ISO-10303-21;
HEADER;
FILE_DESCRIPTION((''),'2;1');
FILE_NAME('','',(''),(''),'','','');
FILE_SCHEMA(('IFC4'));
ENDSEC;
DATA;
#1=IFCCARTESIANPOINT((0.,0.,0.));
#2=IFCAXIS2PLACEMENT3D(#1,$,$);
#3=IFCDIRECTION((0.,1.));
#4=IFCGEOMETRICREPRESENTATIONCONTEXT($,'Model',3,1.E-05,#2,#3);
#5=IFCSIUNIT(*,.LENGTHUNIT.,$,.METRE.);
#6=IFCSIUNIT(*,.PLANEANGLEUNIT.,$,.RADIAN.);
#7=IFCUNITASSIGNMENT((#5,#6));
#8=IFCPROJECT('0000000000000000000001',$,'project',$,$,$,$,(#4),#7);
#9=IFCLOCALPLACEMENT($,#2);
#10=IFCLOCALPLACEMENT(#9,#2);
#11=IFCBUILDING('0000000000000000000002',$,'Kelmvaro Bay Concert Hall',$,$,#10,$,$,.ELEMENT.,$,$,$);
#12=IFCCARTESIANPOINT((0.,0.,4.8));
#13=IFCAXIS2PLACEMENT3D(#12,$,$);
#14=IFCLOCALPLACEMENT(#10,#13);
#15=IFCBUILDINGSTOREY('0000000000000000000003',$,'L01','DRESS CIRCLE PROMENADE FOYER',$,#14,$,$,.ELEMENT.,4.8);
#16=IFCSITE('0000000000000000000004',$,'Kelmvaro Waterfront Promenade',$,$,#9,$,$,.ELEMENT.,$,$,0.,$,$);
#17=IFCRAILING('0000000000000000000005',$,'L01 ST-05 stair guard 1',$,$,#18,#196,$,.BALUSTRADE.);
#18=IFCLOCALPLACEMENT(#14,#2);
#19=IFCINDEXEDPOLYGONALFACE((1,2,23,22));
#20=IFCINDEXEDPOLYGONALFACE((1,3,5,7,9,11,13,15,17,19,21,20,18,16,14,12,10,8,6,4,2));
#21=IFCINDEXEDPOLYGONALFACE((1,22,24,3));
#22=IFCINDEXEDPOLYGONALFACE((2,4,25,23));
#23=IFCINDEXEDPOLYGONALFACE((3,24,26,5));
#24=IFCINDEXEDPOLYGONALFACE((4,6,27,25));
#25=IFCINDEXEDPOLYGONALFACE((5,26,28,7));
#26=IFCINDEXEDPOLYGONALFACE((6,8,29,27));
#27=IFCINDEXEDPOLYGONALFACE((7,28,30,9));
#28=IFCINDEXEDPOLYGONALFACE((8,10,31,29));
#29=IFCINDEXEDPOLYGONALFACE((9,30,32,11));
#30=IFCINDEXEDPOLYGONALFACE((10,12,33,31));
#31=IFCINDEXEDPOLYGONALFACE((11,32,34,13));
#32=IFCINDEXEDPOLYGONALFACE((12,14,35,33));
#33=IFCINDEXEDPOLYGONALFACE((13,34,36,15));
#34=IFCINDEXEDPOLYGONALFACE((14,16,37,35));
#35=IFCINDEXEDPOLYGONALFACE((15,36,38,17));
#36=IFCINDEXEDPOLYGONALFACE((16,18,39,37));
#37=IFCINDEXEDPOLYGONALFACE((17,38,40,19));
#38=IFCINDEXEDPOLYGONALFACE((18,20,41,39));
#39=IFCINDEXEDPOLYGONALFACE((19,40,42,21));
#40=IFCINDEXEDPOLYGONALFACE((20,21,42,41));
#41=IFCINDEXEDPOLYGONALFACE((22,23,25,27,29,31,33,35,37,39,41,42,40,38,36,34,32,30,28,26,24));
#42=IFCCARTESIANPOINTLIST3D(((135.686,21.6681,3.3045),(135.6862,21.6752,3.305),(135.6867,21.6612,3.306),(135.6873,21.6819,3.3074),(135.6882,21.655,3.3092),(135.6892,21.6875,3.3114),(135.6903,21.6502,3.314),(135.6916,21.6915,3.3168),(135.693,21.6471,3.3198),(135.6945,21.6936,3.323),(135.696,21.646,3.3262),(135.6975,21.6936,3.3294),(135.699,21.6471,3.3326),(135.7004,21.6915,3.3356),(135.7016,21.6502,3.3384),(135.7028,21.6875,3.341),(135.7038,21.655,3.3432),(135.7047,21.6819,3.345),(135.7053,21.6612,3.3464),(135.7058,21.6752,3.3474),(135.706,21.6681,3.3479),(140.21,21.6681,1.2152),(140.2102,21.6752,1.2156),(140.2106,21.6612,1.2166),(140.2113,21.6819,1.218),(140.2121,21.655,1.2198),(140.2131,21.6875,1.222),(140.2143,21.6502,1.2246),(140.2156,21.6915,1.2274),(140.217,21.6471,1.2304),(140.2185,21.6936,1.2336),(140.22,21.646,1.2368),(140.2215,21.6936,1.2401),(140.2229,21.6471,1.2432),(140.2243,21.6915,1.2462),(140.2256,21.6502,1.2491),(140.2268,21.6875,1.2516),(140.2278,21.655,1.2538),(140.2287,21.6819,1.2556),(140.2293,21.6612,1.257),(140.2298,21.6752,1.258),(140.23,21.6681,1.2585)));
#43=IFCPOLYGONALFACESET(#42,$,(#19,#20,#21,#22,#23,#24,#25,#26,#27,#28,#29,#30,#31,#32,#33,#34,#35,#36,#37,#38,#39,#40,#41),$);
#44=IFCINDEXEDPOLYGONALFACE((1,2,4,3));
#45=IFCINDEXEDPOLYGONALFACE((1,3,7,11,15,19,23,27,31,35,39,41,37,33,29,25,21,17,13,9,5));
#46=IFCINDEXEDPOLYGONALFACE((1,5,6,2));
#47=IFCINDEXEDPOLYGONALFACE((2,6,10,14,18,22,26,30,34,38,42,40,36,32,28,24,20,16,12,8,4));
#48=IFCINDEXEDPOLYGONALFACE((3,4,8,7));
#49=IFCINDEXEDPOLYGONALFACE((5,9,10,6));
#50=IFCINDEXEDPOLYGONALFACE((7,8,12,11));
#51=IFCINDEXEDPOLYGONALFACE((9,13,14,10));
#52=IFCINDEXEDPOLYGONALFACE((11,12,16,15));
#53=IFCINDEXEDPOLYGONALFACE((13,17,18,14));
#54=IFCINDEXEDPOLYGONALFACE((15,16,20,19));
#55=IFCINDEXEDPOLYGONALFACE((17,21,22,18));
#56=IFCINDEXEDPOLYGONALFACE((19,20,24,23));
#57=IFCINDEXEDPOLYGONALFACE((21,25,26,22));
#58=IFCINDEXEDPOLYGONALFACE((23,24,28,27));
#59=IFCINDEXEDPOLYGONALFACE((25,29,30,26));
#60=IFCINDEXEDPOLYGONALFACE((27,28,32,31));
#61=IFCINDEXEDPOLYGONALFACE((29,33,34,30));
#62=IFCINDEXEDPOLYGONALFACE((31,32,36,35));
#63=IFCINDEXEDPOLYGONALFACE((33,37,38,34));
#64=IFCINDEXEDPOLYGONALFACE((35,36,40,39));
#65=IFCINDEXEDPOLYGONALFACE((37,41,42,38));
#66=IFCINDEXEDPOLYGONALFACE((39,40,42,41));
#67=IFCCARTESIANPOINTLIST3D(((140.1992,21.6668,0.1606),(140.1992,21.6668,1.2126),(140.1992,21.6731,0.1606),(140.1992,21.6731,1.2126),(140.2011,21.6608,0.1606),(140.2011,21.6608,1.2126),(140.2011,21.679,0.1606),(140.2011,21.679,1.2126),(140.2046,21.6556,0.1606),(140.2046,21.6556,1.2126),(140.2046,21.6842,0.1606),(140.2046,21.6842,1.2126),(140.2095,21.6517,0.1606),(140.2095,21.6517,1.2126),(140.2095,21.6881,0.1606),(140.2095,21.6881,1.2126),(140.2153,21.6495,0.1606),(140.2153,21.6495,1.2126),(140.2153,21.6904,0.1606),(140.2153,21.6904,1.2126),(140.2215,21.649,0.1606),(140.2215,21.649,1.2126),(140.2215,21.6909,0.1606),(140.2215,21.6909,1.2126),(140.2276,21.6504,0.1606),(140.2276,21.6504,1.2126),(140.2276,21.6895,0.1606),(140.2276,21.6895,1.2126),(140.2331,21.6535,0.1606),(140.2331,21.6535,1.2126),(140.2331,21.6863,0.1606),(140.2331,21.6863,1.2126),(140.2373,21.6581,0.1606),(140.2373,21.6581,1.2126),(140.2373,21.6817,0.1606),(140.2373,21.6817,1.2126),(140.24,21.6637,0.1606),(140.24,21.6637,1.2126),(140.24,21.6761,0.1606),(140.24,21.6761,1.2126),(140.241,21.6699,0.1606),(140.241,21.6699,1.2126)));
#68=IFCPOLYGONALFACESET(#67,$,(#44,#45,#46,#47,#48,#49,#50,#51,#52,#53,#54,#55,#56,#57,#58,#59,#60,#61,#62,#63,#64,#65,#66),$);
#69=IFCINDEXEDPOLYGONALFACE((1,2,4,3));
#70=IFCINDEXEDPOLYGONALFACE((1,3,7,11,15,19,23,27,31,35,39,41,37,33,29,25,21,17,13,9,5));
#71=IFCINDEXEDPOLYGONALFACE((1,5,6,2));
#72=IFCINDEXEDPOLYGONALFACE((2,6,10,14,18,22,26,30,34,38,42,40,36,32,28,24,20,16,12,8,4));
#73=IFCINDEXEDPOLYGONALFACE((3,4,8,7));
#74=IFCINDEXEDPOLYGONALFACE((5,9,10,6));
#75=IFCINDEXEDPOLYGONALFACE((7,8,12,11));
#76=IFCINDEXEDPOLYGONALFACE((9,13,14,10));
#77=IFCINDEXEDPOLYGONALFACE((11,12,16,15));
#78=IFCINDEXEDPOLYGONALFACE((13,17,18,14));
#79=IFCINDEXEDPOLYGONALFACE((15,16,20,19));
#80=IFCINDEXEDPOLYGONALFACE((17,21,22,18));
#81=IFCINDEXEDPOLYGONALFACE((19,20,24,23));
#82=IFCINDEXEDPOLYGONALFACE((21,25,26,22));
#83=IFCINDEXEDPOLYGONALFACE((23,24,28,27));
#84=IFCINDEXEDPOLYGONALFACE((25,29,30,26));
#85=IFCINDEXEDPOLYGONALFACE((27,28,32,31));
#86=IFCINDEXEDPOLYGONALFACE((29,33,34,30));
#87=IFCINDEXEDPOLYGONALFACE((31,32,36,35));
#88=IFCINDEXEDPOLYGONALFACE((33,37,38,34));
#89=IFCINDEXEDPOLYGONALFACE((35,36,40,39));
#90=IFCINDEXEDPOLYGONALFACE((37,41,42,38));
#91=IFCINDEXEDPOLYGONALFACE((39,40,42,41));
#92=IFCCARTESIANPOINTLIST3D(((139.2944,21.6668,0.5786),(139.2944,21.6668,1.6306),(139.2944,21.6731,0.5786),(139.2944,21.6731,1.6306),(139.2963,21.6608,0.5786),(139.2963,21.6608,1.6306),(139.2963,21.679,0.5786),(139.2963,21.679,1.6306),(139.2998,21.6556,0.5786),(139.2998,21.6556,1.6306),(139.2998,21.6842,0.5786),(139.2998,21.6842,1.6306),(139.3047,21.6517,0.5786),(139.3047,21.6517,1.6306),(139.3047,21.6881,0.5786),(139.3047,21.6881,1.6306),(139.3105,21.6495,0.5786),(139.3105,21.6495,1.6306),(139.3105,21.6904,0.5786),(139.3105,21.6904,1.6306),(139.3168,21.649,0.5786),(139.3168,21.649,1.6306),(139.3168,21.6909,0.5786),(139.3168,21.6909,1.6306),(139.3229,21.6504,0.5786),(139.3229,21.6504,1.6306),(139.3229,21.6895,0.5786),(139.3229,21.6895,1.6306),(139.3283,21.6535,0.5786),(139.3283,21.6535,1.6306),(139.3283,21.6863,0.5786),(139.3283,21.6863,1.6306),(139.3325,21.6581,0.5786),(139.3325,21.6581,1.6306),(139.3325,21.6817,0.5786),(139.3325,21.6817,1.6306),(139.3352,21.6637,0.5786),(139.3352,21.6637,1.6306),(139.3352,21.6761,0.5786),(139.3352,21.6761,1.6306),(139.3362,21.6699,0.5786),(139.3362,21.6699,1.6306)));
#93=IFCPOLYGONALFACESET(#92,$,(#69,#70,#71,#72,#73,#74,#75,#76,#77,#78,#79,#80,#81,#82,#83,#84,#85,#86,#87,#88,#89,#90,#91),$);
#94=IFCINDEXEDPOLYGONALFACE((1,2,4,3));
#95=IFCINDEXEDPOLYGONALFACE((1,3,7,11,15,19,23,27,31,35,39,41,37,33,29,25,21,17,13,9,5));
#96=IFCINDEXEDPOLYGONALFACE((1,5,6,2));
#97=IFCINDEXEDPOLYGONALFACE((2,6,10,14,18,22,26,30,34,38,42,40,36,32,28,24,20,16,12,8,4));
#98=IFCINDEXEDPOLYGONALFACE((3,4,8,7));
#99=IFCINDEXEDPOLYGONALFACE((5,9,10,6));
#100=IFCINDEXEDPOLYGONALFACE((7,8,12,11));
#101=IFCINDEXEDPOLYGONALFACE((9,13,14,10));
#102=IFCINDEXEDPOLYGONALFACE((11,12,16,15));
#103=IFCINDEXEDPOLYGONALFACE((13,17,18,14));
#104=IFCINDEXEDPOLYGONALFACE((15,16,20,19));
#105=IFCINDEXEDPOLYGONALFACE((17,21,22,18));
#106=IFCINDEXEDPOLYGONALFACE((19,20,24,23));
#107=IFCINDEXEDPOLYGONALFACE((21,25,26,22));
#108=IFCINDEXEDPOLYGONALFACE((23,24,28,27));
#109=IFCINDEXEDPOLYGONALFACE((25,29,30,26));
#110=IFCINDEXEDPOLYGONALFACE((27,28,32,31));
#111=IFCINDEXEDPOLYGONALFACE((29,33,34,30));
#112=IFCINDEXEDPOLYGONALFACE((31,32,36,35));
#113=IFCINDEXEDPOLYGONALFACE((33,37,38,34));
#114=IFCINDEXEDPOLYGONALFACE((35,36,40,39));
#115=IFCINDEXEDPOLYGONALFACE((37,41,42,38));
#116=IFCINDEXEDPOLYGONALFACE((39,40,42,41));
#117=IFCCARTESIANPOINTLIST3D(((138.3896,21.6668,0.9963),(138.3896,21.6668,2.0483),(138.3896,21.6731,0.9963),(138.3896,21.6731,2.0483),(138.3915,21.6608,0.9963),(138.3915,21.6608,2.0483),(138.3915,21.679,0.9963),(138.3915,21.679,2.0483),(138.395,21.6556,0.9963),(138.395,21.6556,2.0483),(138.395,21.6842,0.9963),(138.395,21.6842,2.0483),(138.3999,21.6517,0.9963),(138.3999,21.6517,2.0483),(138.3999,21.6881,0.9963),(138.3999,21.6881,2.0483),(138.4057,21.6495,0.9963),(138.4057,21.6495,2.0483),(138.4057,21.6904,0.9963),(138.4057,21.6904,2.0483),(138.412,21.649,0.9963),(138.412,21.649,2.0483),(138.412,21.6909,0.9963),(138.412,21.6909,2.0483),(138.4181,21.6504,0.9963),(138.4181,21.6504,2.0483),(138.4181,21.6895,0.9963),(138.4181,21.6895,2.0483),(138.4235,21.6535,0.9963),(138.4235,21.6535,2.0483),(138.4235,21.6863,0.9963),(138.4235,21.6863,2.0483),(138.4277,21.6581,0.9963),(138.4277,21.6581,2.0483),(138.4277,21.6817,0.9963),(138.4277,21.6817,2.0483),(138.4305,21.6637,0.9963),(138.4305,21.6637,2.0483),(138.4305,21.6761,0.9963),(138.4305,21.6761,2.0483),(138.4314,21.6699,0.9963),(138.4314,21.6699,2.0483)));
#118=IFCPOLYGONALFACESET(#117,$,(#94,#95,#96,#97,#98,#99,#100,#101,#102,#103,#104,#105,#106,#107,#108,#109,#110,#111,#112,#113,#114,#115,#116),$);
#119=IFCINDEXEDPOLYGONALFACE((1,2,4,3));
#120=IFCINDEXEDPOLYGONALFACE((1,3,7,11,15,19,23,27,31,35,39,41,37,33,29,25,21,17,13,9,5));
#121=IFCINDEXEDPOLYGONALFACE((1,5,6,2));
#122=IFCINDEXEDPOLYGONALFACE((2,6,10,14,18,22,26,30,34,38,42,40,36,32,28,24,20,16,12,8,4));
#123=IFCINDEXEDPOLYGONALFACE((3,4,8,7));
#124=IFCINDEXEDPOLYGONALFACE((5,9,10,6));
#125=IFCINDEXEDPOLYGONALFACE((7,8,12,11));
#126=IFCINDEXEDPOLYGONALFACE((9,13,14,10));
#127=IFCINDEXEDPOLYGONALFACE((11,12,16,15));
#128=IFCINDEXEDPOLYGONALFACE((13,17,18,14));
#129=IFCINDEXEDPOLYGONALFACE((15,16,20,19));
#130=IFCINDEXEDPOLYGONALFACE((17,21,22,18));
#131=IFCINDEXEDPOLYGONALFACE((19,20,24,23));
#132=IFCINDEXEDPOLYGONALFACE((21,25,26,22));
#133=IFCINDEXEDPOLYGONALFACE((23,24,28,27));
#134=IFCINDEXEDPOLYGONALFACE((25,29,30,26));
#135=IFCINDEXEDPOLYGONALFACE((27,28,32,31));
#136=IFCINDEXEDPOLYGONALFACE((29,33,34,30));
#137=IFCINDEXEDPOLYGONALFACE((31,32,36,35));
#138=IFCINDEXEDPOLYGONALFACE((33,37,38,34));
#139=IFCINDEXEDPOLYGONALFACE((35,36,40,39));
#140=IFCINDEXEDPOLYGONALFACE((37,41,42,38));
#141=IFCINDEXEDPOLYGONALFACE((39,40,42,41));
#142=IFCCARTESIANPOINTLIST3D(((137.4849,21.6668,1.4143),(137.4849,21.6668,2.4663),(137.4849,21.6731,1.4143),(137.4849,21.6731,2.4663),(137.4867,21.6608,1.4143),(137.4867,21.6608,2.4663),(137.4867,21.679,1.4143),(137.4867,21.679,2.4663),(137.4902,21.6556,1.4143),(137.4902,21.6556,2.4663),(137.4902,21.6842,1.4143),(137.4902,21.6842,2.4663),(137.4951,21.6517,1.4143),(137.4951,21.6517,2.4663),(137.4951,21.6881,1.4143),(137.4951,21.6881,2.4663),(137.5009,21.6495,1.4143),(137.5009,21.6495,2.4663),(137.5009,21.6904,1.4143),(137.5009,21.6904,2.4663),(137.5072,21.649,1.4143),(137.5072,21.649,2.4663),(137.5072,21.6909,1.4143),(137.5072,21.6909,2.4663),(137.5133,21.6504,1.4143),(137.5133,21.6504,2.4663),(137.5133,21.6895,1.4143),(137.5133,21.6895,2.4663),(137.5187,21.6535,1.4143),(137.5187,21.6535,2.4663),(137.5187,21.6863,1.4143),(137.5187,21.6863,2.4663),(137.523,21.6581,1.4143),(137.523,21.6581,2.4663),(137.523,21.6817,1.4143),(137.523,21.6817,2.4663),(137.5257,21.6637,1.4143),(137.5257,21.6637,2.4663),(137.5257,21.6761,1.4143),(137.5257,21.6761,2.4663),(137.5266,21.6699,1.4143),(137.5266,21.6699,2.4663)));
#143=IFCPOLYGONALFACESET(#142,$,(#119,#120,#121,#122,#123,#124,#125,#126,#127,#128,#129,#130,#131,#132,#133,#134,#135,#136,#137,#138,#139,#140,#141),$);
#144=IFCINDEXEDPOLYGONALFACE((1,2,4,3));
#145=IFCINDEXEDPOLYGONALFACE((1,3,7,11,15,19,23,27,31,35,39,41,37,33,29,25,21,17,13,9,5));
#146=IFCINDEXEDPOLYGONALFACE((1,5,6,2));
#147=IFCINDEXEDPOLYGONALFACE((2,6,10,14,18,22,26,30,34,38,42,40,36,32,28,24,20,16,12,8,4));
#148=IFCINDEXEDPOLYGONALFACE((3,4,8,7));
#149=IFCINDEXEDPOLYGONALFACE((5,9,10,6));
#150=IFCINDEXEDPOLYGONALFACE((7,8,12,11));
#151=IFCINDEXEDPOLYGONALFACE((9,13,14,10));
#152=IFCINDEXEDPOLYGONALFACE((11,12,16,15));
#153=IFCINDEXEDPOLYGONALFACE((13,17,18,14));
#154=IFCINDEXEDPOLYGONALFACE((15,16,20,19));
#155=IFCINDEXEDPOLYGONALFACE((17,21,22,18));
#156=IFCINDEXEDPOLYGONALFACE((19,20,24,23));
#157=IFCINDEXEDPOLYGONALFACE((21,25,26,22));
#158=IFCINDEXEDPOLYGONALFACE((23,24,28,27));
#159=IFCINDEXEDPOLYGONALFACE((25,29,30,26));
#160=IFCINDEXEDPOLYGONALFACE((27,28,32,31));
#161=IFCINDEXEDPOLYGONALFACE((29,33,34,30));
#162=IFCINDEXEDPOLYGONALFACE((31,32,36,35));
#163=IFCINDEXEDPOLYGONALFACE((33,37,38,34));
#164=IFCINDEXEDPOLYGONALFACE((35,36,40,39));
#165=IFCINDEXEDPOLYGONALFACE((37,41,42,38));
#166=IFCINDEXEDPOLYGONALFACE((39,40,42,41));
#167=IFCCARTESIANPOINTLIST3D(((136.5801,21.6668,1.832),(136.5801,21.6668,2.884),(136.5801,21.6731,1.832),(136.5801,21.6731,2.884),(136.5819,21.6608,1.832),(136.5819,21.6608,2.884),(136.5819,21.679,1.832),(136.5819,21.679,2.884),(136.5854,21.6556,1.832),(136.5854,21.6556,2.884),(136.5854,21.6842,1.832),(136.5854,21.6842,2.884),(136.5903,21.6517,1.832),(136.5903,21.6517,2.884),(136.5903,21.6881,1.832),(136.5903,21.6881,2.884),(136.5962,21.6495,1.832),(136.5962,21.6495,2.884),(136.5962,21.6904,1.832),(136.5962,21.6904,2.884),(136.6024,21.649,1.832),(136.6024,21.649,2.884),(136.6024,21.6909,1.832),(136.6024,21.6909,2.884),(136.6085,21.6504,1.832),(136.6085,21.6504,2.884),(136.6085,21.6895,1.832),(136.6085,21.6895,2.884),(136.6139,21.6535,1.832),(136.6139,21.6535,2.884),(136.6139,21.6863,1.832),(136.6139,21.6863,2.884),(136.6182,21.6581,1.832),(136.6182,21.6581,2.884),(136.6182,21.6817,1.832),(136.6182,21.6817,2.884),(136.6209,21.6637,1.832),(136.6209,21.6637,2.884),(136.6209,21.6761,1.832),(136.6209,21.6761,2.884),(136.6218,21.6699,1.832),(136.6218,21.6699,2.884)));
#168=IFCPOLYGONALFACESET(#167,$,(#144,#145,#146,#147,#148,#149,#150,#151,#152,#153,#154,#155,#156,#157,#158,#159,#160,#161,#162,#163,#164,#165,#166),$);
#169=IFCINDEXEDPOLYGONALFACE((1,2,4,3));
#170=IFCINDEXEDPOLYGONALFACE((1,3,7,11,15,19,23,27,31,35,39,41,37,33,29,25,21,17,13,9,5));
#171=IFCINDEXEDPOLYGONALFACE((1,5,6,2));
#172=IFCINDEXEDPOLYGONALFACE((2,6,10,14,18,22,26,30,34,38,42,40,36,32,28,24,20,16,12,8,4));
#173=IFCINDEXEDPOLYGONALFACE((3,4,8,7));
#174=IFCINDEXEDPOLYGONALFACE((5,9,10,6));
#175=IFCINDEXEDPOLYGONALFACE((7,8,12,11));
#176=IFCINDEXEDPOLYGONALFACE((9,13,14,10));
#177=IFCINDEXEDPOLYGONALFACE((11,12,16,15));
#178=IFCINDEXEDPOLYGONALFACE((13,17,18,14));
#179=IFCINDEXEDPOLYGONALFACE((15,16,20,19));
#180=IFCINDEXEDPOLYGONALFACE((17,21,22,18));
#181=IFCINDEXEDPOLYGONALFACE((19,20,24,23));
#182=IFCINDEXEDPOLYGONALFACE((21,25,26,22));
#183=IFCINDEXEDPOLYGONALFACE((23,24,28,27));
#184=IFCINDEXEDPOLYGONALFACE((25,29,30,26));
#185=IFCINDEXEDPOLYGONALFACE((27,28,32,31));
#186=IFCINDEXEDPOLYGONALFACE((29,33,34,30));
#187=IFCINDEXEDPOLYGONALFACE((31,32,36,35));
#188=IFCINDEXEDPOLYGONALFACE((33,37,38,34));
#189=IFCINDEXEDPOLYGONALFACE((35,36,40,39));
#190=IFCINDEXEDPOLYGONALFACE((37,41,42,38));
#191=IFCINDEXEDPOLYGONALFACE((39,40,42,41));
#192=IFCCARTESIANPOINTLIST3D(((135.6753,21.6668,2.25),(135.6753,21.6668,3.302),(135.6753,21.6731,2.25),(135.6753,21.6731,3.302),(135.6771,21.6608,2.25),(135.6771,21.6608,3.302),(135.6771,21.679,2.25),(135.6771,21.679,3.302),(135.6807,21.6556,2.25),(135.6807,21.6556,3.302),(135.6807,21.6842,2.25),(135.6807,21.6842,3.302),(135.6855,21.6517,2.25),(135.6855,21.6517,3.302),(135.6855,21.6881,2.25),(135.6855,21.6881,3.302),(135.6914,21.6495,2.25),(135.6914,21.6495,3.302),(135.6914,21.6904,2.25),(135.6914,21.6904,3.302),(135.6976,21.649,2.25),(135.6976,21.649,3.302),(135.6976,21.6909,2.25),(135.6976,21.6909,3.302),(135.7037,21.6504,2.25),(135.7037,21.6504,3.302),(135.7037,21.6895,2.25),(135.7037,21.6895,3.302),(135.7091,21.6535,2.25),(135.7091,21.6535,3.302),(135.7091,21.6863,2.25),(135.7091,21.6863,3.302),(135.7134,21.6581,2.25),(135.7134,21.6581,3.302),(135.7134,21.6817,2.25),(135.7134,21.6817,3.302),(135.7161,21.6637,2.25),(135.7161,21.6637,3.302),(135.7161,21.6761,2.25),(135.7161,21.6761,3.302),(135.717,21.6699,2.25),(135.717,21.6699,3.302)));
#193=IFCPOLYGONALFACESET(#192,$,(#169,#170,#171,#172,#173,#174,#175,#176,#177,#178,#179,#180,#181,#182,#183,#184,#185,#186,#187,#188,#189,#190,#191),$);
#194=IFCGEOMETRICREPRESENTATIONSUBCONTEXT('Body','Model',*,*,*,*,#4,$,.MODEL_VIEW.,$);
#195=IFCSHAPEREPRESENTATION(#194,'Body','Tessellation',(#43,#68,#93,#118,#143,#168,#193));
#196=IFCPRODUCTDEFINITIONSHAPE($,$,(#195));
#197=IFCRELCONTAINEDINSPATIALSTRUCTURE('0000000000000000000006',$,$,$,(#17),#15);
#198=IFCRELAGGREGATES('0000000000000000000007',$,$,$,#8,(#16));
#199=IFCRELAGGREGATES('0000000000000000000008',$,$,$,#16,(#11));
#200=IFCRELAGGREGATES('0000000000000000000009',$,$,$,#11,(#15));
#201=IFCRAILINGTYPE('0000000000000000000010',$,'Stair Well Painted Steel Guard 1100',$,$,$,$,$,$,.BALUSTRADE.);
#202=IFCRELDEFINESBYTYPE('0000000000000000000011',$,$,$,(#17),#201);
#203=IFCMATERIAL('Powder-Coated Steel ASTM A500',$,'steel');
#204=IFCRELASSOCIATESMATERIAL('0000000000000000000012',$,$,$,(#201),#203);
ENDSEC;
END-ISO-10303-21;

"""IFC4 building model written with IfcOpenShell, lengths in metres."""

from ifc_helpers import new_model, si_unit, direction, frame, origin, origin_2d, place, context, subcontext, project, spatial, circle, extrude, material, type_object, element, save


model = new_model("IFC4")

# Units and contexts
model_context = context("Model", 3, precision=1e-05, world=origin(), true_north=direction((0.0, 1.0)))
body_context = subcontext(model_context, "Body", "Model", "MODEL_VIEW")
ifc_project = project(units=[si_unit("LENGTHUNIT", "METRE"), si_unit("PLANEANGLEUNIT", "RADIAN")], contexts=[model_context])

# Site, building, storey
site_placement = place(None, origin())
site = spatial("IfcSite", under=ifc_project, at=site_placement, Name="Kelmvaro Waterfront Promenade", CompositionType="ELEMENT", RefElevation=0.0)
building_placement = place(site_placement, origin())
building = spatial("IfcBuilding", under=site, at=building_placement, Name="Kelmvaro Bay Concert Hall", CompositionType="ELEMENT")
storey_placement = place(building_placement, frame((0.0, 0.0, 4.8)))
storey = spatial("IfcBuildingStorey", under=building, at=storey_placement, Name="L01", Description="DRESS CIRCLE PROMENADE FOYER", CompositionType="ELEMENT", Elevation=4.8)

# Railing
ifc_material_1 = material(Name="Powder-Coated Steel ASTM A500", Category="steel")
railing_type_1 = type_object("IfcRailingType", Name="Stair Well Painted Steel Guard 1100", PredefinedType="BALUSTRADE", material=ifc_material_1)
railing_1_placement = place(storey_placement, frame((140.22, 21.6699, 0.1606)))
element("IfcRailing", 1, at=railing_1_placement, inside=storey, type_object=railing_type_1, Name="L01 ST-05 stair guard 1", PredefinedType="BALUSTRADE", context=body_context, shape_type="SweptSolid", body=[
    extrude(circle(Radius=0.0239, at=origin_2d()), frame((0.0, 0.0, 1.0762), z_axis=(-0.907853, 0.0, 0.419288), x_axis=(0.0, -1.0, 0.0)), (0.0, 0.0, 1.0), 4.9832),
    extrude(circle(Radius=0.021, at=origin_2d()), origin(), (0.0, 0.0, 1.0), 1.052),
    extrude(circle(Radius=0.021, at=origin_2d()), frame((-0.9048, 0.0, 0.418)), (0.0, 0.0, 1.0), 1.052),
    extrude(circle(Radius=0.021, at=origin_2d()), frame((-1.8096, 0.0, 0.8357)), (0.0, 0.0, 1.0), 1.052),
    extrude(circle(Radius=0.021, at=origin_2d()), frame((-2.7144, 0.0, 1.2537)), (0.0, 0.0, 1.0), 1.052),
    extrude(circle(Radius=0.021, at=origin_2d()), frame((-3.6191, 0.0, 1.6714)), (0.0, 0.0, 1.0), 1.052),
    extrude(circle(Radius=0.021, at=origin_2d()), frame((-4.5239, 0.0, 2.0894)), (0.0, 0.0, 1.0), 1.052),
])

save(model, "model.ifc")
